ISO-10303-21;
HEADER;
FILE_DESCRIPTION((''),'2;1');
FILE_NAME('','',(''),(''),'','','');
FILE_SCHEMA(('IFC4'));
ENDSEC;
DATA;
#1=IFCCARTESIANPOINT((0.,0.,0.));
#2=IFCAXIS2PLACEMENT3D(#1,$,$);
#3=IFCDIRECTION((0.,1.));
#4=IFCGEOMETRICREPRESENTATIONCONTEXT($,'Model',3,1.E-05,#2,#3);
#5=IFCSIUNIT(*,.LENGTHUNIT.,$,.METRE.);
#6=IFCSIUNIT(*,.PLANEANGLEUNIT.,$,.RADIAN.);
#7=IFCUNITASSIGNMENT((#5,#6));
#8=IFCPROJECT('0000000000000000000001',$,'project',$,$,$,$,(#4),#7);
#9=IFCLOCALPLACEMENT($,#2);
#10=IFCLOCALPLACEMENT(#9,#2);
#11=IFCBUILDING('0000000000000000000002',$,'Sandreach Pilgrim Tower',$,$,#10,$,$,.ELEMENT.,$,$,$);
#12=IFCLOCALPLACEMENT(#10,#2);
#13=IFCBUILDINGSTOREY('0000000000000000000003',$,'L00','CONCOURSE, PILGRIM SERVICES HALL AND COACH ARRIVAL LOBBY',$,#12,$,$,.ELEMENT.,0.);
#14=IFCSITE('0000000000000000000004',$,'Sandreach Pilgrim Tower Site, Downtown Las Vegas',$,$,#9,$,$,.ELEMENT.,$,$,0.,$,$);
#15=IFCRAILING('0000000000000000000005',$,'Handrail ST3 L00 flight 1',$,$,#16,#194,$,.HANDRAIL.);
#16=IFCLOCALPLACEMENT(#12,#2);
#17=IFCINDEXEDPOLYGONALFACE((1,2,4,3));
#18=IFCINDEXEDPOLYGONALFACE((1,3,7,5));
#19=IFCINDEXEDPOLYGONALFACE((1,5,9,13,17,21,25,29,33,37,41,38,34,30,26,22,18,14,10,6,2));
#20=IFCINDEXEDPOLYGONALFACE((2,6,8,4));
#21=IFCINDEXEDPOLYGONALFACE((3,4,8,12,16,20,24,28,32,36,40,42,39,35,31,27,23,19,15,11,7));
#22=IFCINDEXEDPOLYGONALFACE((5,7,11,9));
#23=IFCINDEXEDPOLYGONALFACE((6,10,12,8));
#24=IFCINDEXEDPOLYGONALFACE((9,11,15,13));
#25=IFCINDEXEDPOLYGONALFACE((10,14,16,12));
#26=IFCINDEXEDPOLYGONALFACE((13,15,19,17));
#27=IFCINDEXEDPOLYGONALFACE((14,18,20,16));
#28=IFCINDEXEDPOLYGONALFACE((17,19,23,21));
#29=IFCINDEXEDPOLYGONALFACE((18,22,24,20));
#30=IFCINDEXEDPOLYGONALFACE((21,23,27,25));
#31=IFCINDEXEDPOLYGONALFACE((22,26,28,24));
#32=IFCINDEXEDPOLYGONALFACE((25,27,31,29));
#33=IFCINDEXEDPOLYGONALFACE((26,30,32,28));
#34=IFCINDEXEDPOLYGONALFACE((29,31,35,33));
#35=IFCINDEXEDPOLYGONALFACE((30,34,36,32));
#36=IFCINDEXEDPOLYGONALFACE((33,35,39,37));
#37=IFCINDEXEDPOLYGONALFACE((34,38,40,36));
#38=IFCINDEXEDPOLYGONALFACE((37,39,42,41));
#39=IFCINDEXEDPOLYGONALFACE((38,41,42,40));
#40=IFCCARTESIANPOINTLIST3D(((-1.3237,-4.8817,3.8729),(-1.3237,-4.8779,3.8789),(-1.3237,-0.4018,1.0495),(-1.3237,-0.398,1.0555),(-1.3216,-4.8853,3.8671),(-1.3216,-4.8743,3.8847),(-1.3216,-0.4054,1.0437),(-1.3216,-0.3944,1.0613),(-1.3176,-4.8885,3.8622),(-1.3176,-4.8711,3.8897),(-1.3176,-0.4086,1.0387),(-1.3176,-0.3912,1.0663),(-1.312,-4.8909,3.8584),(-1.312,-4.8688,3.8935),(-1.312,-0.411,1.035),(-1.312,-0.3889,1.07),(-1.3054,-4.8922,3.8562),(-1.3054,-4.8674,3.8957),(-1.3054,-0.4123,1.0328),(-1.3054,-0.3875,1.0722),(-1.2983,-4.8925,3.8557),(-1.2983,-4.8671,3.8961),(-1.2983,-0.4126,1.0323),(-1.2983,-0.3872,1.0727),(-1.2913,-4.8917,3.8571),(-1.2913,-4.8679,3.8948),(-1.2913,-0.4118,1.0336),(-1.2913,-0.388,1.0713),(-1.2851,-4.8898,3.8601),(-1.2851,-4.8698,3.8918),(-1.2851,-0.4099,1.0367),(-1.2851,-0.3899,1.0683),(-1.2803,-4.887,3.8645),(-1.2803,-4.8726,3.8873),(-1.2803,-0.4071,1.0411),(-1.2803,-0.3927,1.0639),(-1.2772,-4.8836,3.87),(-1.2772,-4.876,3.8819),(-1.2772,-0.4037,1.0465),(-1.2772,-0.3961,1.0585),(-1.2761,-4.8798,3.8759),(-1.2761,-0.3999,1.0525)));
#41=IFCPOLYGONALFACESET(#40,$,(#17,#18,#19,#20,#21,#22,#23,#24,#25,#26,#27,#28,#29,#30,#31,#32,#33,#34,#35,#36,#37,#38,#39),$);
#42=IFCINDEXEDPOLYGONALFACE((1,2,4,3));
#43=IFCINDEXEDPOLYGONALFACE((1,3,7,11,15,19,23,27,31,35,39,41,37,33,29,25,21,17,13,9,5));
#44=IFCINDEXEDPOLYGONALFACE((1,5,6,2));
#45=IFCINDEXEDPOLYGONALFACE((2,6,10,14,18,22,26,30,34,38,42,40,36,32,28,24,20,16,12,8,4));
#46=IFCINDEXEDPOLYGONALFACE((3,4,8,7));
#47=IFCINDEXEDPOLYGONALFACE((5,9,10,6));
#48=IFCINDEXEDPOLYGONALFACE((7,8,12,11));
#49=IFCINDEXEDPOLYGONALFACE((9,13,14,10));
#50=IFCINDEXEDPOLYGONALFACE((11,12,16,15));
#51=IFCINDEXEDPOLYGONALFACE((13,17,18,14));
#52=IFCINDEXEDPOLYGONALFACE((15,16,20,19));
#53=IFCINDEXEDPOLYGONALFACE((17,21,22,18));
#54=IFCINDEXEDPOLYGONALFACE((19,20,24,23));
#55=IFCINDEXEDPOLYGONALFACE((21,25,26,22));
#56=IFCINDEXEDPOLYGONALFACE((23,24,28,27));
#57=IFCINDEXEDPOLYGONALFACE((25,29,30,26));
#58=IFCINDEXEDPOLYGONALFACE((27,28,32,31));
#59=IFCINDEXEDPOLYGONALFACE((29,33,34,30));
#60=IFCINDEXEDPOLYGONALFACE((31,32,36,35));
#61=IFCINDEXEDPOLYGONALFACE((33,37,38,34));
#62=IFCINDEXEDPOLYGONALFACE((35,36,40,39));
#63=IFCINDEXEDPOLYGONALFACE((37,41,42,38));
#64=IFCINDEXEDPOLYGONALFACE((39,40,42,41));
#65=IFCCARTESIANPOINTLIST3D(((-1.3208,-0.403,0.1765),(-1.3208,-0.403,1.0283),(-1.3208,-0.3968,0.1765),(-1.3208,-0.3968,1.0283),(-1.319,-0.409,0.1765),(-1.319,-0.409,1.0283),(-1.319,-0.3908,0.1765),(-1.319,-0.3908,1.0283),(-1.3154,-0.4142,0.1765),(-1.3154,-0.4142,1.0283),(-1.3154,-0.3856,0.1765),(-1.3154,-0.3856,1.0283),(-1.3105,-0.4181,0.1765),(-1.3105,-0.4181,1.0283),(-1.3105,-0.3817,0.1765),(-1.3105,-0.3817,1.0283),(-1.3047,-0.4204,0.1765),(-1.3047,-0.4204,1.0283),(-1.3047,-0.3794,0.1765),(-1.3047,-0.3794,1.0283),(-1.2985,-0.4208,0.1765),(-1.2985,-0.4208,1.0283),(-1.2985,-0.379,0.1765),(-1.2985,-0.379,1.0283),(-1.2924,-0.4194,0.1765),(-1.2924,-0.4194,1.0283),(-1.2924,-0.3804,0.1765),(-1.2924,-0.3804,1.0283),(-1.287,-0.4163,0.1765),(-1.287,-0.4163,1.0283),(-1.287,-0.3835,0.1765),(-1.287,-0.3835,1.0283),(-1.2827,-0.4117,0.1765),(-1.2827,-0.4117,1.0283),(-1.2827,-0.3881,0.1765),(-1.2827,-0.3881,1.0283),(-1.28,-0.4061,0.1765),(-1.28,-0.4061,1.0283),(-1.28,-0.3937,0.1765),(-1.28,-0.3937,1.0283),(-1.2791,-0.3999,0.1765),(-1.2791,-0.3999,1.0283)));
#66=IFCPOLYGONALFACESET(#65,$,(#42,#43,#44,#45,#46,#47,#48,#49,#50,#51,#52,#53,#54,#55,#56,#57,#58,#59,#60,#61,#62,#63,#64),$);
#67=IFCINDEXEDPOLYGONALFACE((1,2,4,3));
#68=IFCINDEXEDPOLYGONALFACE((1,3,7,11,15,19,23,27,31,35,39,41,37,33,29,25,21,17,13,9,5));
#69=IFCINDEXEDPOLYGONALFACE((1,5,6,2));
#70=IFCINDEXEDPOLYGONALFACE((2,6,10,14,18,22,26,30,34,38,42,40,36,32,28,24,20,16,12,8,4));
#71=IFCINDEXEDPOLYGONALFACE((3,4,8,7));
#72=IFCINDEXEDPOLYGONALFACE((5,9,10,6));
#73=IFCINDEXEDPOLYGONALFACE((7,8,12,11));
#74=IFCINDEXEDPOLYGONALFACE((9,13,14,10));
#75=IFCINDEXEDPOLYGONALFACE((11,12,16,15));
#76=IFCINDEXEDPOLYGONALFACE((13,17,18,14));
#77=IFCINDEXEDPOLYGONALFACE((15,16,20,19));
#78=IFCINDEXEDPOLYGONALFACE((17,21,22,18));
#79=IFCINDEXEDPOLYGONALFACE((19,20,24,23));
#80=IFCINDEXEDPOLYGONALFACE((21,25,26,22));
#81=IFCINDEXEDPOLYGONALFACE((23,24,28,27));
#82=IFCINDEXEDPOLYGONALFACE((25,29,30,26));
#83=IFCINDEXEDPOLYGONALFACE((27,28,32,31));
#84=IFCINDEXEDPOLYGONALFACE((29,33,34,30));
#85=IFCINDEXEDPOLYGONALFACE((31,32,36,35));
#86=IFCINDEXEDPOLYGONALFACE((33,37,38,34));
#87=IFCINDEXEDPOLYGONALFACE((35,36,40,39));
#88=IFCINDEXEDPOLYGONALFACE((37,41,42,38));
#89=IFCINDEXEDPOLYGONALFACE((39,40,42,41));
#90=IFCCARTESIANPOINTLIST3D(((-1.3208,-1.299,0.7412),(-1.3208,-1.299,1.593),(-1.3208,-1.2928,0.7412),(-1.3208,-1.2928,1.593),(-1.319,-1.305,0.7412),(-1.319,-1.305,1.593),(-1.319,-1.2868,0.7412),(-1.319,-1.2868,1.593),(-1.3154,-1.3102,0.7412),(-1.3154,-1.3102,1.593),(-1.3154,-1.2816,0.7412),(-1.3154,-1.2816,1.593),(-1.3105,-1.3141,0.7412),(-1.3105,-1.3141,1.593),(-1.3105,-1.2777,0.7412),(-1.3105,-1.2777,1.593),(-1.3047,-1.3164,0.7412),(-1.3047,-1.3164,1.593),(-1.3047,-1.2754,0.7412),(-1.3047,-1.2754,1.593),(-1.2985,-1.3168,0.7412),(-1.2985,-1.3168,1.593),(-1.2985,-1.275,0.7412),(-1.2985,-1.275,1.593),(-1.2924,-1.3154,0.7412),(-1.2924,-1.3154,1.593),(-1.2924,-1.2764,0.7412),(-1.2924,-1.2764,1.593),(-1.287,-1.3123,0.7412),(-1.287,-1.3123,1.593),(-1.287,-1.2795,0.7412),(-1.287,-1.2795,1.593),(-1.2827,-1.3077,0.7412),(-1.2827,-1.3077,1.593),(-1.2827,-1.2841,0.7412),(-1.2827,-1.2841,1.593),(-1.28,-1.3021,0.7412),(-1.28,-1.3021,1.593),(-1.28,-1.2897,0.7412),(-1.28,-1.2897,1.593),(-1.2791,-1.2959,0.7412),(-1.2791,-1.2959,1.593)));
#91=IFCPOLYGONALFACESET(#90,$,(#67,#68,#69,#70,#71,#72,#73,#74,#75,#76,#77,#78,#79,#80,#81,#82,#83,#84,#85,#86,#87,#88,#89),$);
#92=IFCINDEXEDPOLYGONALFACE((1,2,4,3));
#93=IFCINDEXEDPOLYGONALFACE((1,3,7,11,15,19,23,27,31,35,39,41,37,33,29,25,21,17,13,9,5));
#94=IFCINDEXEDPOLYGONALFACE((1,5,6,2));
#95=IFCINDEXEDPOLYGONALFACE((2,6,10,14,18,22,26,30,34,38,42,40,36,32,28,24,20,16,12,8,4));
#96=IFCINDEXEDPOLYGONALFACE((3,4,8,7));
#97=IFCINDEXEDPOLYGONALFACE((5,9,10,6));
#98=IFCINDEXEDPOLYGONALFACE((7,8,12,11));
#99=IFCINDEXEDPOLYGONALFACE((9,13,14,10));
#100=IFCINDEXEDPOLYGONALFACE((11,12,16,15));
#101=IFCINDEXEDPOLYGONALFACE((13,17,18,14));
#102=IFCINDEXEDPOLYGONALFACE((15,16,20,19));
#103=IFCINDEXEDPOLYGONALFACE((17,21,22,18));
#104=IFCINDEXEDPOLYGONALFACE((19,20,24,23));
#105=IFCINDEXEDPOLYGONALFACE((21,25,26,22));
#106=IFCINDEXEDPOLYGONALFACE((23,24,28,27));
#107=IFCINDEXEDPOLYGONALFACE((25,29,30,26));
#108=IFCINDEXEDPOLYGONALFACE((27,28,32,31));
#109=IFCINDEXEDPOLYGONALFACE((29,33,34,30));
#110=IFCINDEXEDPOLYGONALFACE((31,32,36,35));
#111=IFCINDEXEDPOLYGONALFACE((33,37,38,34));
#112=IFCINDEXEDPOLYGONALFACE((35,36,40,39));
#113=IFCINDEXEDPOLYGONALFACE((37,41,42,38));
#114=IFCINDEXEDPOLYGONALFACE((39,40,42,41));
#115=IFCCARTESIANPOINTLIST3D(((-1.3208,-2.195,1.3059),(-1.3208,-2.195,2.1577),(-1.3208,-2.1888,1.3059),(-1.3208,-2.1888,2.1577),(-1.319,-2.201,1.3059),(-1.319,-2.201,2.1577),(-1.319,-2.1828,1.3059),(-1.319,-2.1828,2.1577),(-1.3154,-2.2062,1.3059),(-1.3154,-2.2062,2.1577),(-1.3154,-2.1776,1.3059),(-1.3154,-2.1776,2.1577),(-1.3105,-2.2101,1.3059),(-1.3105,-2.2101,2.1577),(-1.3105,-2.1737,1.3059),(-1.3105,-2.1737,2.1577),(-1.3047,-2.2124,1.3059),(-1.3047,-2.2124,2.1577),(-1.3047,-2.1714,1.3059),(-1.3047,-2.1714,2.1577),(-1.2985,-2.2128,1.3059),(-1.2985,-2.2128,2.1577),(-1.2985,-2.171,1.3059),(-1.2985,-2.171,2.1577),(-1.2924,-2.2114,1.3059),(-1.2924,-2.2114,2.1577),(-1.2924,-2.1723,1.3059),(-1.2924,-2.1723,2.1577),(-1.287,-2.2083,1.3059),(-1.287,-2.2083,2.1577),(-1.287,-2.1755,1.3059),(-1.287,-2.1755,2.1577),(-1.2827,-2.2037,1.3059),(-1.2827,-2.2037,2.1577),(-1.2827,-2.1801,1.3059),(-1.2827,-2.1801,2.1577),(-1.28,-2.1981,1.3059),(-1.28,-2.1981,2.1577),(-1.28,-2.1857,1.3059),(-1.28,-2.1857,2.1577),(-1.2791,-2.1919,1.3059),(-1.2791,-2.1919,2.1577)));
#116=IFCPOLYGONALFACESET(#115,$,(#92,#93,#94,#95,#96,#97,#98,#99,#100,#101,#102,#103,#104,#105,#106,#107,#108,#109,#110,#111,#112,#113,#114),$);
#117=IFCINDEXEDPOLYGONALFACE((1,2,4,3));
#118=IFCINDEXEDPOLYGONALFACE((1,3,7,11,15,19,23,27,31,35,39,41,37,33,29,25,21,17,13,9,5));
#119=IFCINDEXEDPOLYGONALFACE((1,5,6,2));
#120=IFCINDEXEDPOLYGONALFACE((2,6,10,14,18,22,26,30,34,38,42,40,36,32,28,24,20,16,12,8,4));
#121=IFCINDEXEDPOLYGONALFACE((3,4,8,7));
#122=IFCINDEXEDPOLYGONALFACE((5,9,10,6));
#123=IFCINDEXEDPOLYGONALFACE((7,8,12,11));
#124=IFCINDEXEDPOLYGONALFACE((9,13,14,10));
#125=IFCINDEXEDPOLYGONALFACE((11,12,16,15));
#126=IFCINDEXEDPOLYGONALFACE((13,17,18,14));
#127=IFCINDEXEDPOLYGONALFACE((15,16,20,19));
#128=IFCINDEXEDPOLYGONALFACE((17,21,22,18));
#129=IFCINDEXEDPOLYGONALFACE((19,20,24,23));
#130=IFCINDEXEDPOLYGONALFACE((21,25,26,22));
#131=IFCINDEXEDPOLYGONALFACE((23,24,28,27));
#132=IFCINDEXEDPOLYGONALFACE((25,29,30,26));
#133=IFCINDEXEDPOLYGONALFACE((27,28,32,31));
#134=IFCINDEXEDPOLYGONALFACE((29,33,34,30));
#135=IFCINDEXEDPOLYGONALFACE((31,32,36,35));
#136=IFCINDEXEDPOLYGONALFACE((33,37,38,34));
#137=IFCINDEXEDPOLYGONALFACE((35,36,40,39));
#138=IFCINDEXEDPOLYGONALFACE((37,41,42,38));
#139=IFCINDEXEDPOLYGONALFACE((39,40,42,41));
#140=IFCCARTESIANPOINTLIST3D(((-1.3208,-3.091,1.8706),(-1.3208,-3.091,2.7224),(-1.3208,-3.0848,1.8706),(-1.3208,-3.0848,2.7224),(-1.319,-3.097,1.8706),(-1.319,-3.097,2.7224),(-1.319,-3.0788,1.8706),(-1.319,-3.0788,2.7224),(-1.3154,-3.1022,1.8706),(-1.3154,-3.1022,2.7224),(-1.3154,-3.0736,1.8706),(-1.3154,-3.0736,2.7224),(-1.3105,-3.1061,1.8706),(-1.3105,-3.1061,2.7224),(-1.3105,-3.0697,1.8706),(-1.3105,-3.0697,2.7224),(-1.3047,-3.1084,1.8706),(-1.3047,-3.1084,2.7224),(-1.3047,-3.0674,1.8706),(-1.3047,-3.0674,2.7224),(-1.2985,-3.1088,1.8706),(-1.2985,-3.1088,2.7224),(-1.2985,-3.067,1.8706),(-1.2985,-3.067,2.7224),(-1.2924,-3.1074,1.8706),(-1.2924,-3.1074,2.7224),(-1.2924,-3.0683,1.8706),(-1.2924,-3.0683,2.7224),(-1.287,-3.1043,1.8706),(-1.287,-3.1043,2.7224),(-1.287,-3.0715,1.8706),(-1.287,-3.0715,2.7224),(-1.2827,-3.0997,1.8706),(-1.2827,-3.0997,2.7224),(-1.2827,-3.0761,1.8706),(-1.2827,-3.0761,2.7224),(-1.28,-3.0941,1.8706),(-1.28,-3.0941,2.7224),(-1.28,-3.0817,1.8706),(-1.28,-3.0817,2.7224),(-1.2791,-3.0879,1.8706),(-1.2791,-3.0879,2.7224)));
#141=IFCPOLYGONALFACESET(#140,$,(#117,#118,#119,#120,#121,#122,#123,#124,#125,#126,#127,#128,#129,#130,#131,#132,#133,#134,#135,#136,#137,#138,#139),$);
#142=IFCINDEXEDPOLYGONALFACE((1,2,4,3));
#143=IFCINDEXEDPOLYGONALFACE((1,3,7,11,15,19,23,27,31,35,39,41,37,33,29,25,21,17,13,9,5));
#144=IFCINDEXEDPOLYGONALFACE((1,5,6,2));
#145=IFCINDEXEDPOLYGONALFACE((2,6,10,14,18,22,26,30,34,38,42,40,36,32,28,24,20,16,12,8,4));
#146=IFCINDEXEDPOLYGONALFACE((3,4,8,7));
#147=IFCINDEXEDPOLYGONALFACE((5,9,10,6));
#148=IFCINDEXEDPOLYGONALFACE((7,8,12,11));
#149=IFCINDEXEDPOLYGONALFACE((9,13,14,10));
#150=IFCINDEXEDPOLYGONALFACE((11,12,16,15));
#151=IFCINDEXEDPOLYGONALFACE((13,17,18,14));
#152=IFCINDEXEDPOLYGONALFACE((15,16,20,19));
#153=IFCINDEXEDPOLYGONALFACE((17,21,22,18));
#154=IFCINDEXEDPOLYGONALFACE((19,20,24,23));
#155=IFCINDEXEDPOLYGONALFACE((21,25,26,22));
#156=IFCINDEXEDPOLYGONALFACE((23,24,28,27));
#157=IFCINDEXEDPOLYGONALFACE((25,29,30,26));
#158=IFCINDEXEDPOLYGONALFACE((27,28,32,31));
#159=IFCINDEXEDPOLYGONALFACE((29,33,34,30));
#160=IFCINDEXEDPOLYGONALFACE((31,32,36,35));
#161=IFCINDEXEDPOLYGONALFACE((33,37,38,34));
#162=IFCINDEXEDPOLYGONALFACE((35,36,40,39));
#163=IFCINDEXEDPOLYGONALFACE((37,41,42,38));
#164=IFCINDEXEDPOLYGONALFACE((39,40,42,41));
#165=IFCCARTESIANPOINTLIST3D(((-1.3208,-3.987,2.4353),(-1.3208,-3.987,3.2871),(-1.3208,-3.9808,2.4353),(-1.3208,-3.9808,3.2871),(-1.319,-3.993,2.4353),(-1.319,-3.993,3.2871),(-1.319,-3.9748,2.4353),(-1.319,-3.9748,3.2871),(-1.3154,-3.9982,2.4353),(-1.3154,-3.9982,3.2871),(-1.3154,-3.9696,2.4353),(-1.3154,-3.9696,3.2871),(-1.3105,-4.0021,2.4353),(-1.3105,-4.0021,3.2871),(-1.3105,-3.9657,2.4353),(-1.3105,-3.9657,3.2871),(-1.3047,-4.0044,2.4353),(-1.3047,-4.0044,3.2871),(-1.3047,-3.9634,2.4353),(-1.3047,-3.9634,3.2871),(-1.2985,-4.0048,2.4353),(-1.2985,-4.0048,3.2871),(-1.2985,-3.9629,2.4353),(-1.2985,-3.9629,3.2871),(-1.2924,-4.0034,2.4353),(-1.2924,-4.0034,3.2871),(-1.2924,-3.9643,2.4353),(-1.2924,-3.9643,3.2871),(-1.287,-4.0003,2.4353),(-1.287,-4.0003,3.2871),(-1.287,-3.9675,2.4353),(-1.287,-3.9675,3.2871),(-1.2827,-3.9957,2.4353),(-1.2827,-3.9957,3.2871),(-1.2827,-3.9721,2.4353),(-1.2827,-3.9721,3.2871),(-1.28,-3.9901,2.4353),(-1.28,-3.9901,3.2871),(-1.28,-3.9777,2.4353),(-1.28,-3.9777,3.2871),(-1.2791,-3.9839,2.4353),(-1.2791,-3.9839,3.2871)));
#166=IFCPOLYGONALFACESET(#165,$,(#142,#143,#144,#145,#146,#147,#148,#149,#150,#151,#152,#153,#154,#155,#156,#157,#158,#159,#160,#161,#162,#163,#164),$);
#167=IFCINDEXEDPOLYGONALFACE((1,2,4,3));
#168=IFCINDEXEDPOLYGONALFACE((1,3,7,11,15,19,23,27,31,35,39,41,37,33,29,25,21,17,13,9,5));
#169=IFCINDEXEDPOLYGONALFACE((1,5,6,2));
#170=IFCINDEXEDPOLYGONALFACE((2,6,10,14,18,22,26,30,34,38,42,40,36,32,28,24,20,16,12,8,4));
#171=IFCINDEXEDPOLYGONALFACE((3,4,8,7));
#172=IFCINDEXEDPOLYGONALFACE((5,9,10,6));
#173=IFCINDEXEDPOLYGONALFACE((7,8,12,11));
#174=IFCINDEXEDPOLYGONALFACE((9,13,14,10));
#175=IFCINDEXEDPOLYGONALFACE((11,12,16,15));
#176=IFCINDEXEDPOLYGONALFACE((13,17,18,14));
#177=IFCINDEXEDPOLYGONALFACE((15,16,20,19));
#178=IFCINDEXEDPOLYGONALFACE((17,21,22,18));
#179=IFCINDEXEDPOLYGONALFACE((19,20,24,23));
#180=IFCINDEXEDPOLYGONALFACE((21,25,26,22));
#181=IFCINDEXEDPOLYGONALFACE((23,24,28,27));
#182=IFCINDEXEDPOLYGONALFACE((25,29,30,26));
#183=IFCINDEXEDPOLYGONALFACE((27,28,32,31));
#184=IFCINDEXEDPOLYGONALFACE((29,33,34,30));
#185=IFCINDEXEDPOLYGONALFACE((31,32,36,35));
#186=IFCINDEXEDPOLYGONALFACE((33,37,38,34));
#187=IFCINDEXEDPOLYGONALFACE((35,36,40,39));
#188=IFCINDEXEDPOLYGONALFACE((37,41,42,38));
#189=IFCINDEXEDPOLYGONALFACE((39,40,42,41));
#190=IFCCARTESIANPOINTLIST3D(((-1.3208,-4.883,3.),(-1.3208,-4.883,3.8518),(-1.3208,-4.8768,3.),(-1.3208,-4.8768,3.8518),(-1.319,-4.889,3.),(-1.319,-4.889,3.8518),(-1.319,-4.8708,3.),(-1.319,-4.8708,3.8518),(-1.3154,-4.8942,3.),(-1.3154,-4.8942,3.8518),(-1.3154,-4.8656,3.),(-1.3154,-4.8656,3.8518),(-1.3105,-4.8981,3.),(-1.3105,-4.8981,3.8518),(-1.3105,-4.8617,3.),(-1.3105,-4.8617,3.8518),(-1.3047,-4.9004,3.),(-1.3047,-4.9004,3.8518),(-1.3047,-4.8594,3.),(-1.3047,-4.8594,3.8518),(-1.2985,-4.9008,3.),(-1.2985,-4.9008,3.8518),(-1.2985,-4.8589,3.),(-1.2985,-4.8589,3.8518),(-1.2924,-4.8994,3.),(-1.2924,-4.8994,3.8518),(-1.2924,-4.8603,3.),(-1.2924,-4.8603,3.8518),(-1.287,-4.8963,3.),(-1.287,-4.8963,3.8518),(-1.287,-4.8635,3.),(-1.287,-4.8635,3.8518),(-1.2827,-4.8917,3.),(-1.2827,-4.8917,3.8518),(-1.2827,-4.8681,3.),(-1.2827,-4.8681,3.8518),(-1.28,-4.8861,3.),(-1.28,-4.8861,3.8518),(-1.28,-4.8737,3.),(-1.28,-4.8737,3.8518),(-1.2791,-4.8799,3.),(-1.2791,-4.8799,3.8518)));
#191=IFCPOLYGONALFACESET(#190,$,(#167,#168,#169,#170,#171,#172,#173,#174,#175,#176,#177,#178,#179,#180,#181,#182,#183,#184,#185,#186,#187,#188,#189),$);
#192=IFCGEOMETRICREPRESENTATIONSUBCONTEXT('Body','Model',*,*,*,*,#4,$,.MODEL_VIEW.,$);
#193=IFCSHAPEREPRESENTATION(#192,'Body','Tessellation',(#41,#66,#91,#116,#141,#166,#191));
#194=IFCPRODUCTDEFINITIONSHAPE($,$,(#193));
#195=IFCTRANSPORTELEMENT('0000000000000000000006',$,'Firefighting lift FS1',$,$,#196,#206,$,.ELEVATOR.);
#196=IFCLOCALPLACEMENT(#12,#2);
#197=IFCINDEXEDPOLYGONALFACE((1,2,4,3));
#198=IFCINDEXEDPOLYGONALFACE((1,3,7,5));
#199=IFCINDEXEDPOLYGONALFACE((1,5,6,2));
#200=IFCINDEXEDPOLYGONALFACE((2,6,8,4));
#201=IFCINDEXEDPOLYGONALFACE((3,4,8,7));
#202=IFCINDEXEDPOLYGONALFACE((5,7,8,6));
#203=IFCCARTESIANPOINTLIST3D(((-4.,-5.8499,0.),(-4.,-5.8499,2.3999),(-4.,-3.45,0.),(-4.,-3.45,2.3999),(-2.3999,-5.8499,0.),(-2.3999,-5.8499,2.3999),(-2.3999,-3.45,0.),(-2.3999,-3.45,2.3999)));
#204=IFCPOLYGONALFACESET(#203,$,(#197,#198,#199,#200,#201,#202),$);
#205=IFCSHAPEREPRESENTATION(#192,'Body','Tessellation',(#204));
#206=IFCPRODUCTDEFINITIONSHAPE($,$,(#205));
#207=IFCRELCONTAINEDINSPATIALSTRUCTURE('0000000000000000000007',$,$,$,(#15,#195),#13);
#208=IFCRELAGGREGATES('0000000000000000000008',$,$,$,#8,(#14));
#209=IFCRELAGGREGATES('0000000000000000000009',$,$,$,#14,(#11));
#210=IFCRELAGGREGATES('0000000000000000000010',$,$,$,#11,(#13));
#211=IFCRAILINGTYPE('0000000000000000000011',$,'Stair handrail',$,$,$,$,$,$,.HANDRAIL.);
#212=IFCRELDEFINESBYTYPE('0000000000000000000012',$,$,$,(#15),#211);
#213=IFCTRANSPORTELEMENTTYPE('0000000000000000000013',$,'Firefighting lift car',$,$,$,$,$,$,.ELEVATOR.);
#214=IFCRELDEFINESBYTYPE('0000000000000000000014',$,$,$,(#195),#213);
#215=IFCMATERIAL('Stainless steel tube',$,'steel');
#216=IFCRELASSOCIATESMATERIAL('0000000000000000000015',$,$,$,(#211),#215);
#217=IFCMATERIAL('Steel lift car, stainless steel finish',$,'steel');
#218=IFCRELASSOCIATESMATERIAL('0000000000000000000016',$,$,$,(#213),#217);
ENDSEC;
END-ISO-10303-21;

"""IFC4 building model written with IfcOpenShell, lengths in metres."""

from ifc_helpers import new_model, si_unit, direction, frame, origin, origin_2d, place, context, subcontext, project, spatial, rectangle, circle, extrude, material, type_object, element, save


model = new_model("IFC4")

# Units and contexts
model_context = context("Model", 3, precision=1e-05, world=origin(), true_north=direction((0.0, 1.0)))
body_context = subcontext(model_context, "Body", "Model", "MODEL_VIEW")
ifc_project = project(units=[si_unit("LENGTHUNIT", "METRE"), si_unit("PLANEANGLEUNIT", "RADIAN")], contexts=[model_context])

# Site, building, storey
site_placement = place(None, origin())
site = spatial("IfcSite", under=ifc_project, at=site_placement, Name="Sandreach Pilgrim Tower Site, Downtown Las Vegas", CompositionType="ELEMENT", RefElevation=0.0)
building_placement = place(site_placement, origin())
building = spatial("IfcBuilding", under=site, at=building_placement, Name="Sandreach Pilgrim Tower", CompositionType="ELEMENT")
storey_placement = place(building_placement, origin())
storey = spatial("IfcBuildingStorey", under=building, at=storey_placement, Name="L00", Description="CONCOURSE, PILGRIM SERVICES HALL AND COACH ARRIVAL LOBBY", CompositionType="ELEMENT", Elevation=0.0)

# Railing
ifc_material_1 = material(Name="Stainless steel tube", Category="steel")
railing_type = type_object("IfcRailingType", Name="Stair handrail", PredefinedType="HANDRAIL", material=ifc_material_1)
for number, where, name in (
    (1, (-1.3, -0.3999, 0.1765), "Handrail ST3 L00 flight 1"),
):
    element("IfcRailing", number, at=place(storey_placement, frame(where)), inside=storey, type_object=railing_type, Name=name, PredefinedType="HANDRAIL", context=body_context, shape_type="SweptSolid", body=[
        extrude(circle(Radius=0.0239, at=origin_2d()), frame((0.0, 0.0, 0.876), z_axis=(0.0, -0.845998, 0.533186), x_axis=(1.0, 0.0, 0.0)), (0.0, 0.0, 1.0), 5.2954),
        extrude(circle(Radius=0.021, at=origin_2d()), origin(), (0.0, 0.0, 1.0), 0.8518),
        extrude(circle(Radius=0.021, at=origin_2d()), frame((0.0, -0.896, 0.5647)), (0.0, 0.0, 1.0), 0.8518),
        extrude(circle(Radius=0.021, at=origin_2d()), frame((0.0, -1.792, 1.1294)), (0.0, 0.0, 1.0), 0.8518),
        extrude(circle(Radius=0.021, at=origin_2d()), frame((0.0, -2.688, 1.6941)), (0.0, 0.0, 1.0), 0.8518),
        extrude(circle(Radius=0.021, at=origin_2d()), frame((0.0, -3.584, 2.2588)), (0.0, 0.0, 1.0), 0.8518),
        extrude(circle(Radius=0.021, at=origin_2d()), frame((0.0, -4.48, 2.8235)), (0.0, 0.0, 1.0), 0.8518),
    ])

# Transport element
ifc_material_2 = material(Name="Steel lift car, stainless steel finish", Category="steel")
transport_element_type_1 = type_object("IfcTransportElementType", Name="Firefighting lift car", PredefinedType="ELEVATOR", material=ifc_material_2)
transport_element_placement = place(storey_placement, frame((-3.2, -4.6499, 0.0), z_axis=(0.0, 0.0, 1.0), x_axis=(1.0, 0.0, 0.0)))
element("IfcTransportElement", 2, at=transport_element_placement, inside=storey, type_object=transport_element_type_1, Name="Firefighting lift FS1", PredefinedType="ELEVATOR", context=body_context, shape_type="SweptSolid", body=[
    extrude(rectangle(XDim=1.6001, YDim=2.3999, at=origin_2d()), origin(), (0.0, 0.0, 1.0), 2.3999),
])

save(model, "model.ifc")
